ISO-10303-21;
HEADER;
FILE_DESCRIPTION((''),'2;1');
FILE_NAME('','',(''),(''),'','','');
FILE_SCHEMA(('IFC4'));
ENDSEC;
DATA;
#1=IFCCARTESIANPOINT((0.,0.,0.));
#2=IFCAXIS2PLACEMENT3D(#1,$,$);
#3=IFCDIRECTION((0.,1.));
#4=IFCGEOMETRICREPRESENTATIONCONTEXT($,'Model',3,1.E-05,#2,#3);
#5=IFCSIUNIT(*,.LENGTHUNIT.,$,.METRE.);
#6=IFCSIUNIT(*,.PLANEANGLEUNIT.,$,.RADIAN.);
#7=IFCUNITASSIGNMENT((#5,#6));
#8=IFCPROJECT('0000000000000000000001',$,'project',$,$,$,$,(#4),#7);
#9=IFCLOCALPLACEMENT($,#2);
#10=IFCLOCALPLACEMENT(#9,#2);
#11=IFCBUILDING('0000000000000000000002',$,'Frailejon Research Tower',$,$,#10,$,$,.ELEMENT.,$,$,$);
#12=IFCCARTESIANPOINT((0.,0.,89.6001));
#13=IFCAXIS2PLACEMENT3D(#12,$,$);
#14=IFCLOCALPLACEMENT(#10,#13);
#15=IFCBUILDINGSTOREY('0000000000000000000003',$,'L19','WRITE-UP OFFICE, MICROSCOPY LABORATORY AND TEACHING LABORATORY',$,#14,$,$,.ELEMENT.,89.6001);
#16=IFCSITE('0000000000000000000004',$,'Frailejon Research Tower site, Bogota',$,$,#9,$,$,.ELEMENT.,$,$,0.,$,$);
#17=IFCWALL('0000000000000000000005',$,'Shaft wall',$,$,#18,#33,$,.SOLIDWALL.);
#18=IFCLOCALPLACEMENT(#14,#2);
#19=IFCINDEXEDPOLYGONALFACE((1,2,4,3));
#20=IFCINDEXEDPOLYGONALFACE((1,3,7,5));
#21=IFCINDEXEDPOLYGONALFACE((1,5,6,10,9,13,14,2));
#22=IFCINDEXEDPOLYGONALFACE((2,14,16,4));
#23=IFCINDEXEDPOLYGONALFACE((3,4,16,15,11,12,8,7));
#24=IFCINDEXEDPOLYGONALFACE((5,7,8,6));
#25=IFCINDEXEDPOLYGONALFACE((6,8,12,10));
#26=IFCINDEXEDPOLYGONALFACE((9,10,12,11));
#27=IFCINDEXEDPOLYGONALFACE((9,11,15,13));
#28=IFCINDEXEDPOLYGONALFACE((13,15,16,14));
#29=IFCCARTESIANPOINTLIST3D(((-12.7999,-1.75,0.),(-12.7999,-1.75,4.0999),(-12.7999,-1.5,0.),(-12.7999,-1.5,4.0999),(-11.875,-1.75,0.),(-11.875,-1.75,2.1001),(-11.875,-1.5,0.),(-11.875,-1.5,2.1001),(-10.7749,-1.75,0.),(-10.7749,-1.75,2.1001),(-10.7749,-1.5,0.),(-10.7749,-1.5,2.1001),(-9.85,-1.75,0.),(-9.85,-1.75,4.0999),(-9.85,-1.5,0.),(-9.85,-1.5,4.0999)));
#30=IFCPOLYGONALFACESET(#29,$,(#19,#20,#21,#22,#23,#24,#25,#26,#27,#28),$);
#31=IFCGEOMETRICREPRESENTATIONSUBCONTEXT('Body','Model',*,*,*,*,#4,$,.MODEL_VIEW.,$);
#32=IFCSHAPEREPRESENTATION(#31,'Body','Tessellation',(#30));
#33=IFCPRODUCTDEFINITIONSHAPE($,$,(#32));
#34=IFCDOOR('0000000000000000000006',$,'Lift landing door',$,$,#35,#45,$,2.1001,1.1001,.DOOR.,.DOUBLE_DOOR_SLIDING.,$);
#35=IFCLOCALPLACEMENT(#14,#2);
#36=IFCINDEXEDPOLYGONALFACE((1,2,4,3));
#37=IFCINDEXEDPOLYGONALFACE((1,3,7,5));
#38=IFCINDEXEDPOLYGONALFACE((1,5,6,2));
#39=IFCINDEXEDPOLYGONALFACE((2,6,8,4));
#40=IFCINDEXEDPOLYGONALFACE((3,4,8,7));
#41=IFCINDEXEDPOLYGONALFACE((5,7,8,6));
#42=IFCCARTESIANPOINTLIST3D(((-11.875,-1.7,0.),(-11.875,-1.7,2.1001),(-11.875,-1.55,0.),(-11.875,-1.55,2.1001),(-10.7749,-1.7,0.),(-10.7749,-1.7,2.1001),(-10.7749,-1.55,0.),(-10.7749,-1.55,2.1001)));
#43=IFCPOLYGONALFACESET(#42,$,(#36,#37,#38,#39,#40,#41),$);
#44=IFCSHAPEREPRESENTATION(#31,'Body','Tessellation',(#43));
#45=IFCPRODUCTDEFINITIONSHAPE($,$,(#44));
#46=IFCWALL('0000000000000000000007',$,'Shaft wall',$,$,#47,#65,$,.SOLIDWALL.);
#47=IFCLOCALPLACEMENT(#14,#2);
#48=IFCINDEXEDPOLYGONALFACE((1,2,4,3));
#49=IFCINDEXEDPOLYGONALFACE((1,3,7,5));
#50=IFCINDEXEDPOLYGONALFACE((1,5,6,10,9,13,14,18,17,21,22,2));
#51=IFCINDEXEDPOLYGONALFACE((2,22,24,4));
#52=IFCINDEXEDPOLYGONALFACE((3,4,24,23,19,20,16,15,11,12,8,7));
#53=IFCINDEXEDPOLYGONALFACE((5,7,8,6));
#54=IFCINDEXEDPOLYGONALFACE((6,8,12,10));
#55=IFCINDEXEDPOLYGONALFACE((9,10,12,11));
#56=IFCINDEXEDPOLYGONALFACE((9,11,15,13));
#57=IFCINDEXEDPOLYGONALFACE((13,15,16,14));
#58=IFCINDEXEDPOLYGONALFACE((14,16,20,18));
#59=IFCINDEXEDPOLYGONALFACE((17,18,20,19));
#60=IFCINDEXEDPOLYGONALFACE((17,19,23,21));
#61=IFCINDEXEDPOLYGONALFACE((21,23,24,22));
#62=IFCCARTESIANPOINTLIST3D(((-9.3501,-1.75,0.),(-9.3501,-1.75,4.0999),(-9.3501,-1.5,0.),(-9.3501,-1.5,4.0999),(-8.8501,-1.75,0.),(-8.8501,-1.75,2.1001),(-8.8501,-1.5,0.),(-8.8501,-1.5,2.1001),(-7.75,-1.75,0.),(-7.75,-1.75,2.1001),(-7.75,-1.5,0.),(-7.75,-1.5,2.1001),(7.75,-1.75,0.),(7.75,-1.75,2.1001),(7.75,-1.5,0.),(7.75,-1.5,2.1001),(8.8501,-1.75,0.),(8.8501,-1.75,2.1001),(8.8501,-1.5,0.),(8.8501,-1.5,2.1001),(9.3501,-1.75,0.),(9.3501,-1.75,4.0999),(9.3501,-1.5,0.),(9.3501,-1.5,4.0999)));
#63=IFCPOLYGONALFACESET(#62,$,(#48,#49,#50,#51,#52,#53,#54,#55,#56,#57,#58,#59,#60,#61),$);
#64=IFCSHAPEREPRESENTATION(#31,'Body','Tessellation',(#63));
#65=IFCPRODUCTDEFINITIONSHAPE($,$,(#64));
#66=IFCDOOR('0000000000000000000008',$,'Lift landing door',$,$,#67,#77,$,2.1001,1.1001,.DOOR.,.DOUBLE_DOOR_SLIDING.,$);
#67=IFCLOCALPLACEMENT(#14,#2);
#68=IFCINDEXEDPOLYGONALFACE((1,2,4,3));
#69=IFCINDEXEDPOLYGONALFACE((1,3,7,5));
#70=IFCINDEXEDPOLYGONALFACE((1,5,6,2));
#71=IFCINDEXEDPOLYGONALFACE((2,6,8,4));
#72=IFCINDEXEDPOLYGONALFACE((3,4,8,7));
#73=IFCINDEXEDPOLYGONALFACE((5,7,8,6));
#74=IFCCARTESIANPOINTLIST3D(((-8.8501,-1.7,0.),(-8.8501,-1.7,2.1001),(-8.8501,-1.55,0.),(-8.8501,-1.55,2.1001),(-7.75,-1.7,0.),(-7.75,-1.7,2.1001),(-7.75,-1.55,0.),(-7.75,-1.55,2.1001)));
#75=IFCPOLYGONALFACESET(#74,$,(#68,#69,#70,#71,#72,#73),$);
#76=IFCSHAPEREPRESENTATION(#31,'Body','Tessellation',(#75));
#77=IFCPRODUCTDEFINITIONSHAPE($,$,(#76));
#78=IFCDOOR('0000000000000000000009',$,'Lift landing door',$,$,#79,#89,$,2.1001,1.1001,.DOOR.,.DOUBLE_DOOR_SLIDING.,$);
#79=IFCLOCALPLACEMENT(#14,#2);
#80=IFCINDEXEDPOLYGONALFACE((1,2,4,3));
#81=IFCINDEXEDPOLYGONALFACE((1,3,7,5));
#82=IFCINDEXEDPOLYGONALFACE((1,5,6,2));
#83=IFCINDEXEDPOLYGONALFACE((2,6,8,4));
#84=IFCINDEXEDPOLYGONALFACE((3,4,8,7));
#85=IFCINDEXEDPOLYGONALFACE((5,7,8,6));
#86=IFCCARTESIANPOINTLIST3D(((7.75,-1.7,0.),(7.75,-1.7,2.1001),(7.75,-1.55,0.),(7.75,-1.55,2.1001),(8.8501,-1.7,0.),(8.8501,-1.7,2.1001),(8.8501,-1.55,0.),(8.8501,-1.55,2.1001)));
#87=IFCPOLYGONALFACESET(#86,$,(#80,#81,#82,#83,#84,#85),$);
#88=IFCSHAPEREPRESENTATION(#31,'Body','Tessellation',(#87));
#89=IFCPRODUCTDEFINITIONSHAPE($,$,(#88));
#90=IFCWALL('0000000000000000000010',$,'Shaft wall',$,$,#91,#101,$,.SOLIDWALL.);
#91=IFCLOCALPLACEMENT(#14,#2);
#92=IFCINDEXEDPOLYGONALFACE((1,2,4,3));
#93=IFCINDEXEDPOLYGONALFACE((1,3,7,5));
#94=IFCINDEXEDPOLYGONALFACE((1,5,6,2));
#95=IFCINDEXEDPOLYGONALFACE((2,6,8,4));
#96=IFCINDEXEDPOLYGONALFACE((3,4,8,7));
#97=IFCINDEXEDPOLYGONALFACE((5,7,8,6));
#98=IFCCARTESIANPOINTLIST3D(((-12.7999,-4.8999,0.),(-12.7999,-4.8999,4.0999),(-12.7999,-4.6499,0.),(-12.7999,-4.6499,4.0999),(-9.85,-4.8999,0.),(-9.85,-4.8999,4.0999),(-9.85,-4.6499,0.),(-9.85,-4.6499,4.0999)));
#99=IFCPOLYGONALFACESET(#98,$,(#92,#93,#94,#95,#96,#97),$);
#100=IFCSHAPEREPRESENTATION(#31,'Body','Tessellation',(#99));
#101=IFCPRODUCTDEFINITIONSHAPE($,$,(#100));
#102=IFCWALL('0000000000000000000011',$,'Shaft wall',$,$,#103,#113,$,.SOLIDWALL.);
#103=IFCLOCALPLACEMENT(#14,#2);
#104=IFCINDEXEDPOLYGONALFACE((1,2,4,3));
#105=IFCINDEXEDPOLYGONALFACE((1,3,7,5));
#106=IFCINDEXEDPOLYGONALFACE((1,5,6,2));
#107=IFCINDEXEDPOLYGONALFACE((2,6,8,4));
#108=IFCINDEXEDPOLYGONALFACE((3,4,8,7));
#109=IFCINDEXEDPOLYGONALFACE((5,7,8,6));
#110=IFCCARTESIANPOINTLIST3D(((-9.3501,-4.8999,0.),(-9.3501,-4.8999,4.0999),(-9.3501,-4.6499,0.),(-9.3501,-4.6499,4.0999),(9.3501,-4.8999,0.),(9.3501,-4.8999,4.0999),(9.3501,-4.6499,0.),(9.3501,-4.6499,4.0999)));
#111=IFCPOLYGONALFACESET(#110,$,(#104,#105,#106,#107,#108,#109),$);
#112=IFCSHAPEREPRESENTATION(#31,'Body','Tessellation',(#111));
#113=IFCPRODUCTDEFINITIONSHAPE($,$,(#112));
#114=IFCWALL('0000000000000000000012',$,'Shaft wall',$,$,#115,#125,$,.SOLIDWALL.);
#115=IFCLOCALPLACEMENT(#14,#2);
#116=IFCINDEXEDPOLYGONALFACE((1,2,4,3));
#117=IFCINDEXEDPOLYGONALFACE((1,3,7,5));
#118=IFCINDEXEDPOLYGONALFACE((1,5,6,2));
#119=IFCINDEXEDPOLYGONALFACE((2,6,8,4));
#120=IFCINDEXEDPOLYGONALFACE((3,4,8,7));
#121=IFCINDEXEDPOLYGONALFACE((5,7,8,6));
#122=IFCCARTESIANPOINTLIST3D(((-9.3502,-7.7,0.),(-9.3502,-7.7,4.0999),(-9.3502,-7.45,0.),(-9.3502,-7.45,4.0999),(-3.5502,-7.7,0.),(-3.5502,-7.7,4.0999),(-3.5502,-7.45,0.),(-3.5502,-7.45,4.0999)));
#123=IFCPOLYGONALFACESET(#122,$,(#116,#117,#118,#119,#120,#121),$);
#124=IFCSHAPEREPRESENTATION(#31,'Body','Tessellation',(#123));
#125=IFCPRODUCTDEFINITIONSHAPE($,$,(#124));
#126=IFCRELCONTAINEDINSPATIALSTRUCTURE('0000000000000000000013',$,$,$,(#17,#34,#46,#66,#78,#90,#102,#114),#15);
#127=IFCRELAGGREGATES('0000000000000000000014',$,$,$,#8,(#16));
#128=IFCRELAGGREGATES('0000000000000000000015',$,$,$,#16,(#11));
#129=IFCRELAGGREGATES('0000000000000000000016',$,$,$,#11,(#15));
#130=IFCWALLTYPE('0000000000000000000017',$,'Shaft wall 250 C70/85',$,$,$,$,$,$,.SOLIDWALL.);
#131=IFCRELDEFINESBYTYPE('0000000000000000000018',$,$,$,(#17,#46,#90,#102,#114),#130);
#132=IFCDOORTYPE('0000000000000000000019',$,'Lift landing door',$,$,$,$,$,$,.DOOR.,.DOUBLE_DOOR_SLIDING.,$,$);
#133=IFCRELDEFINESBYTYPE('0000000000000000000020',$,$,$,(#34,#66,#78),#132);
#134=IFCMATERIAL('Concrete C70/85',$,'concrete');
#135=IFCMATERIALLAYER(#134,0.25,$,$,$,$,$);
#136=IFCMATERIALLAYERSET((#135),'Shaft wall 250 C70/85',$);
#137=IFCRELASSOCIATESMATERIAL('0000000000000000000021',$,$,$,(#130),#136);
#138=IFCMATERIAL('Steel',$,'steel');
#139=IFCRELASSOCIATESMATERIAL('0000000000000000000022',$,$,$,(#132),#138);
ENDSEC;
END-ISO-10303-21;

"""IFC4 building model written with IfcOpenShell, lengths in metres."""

from ifc_helpers import new_model, si_unit, direction, frame, frame_2d, origin, place, context, subcontext, project, spatial, rectangle, extrude, material, layer, layer_set, type_object, element, fill, save


model = new_model("IFC4")

# Units and contexts
model_context = context("Model", 3, precision=1e-05, world=origin(), true_north=direction((0.0, 1.0)))
body_context = subcontext(model_context, "Body", "Model", "MODEL_VIEW")
ifc_project = project(units=[si_unit("LENGTHUNIT", "METRE"), si_unit("PLANEANGLEUNIT", "RADIAN")], contexts=[model_context])

# Site, building, storey
site_placement = place(None, origin())
site = spatial("IfcSite", under=ifc_project, at=site_placement, Name="Frailejon Research Tower site, Bogota", CompositionType="ELEMENT", RefElevation=0.0)
building_placement = place(site_placement, origin())
building = spatial("IfcBuilding", under=site, at=building_placement, Name="Frailejon Research Tower", CompositionType="ELEMENT")
storey_placement = place(building_placement, frame((0.0, 0.0, 89.6001)))
storey = spatial("IfcBuildingStorey", under=building, at=storey_placement, Name="L19", Description="WRITE-UP OFFICE, MICROSCOPY LABORATORY AND TEACHING LABORATORY", CompositionType="ELEMENT", Elevation=89.6001)

# Wall, opening, door
ifc_material_1 = material(Name="Concrete C70/85", Category="concrete")
ifc_layer = layer(ifc_material_1, 0.25)
ifc_layer_set = layer_set([ifc_layer], Name="Shaft wall 250 C70/85")
wall_type = type_object("IfcWallType", Name="Shaft wall 250 C70/85", PredefinedType="SOLIDWALL", material=ifc_layer_set)
wall_1_placement = place(storey_placement, frame((-12.8, -1.625, 0.0), z_axis=(0.0, 0.0, 1.0), x_axis=(1.0, 0.0, 0.0)))
wall_1 = element("IfcWall", 1, at=wall_1_placement, inside=storey, type_object=wall_type, Name="Shaft wall", PredefinedType="SOLIDWALL", context=body_context, shape_type="SweptSolid", body=[
    extrude(rectangle(XDim=2.95, YDim=0.25, at=frame_2d((1.4751, 0.0))), origin(), (0.0, 0.0, 1.0), 4.0999),
])
opening_1_placement = place(wall_1_placement, frame((0.925, 0.0, 0.0)))
opening_1 = element("IfcOpeningElement", 2, at=opening_1_placement, cuts=wall_1, PredefinedType="OPENING", context=body_context, shape_type="SweptSolid", body=[
    extrude(rectangle(XDim=1.1001, YDim=2.1001, at=frame_2d((0.55, 1.05))), frame((0.0, 0.135, 0.0), z_axis=(0.0, -1.0, 0.0), x_axis=(1.0, 0.0, 0.0)), (0.0, 0.0, 1.0), 0.27),
])
ifc_material_2 = material(Name="Steel", Category="steel")
door_type = type_object("IfcDoorType", Name="Lift landing door", OperationType="DOUBLE_DOOR_SLIDING", PredefinedType="DOOR", material=ifc_material_2)
door_1_placement = place(opening_1_placement, origin())
door_1 = element("IfcDoor", 3, at=door_1_placement, inside=storey, type_object=door_type, Name="Lift landing door", OperationType="DOUBLE_DOOR_SLIDING", OverallHeight=2.1001, OverallWidth=1.1001, PredefinedType="DOOR", context=body_context, shape_type="SweptSolid", body=[
    extrude(rectangle(XDim=1.1001, YDim=2.1001, at=frame_2d((0.55, 1.05))), frame((0.0, 0.075, 0.0), z_axis=(0.0, -1.0, 0.0), x_axis=(1.0, 0.0, 0.0)), (0.0, 0.0, 1.0), 0.1499),
])
fill(opening_1, door_1)

# Wall, openings, doors
wall_2_placement = place(storey_placement, frame((-9.3501, -1.625, 0.0), z_axis=(0.0, 0.0, 1.0), x_axis=(1.0, 0.0, 0.0)))
wall_2 = element("IfcWall", 4, at=wall_2_placement, inside=storey, type_object=wall_type, Name="Shaft wall", PredefinedType="SOLIDWALL", context=body_context, shape_type="SweptSolid", body=[
    extrude(rectangle(XDim=18.7002, YDim=0.25, at=frame_2d((9.3501, 0.0))), origin(), (0.0, 0.0, 1.0), 4.0999),
])
opening_2_placement = place(wall_2_placement, frame((0.5, 0.0, 0.0)))
opening_2 = element("IfcOpeningElement", 5, at=opening_2_placement, cuts=wall_2, PredefinedType="OPENING", context=body_context, shape_type="SweptSolid", body=[
    extrude(rectangle(XDim=1.1001, YDim=2.1001, at=frame_2d((0.55, 1.05))), frame((0.0, 0.135, 0.0), z_axis=(0.0, -1.0, 0.0), x_axis=(1.0, 0.0, 0.0)), (0.0, 0.0, 1.0), 0.27),
])
opening_3_placement = place(wall_2_placement, frame((17.1001, 0.0, 0.0)))
opening_3 = element("IfcOpeningElement", 6, at=opening_3_placement, cuts=wall_2, PredefinedType="OPENING", context=body_context, shape_type="SweptSolid", body=[
    extrude(rectangle(XDim=1.1001, YDim=2.1001, at=frame_2d((0.55, 1.05))), frame((0.0, 0.135, 0.0), z_axis=(0.0, -1.0, 0.0), x_axis=(1.0, 0.0, 0.0)), (0.0, 0.0, 1.0), 0.27),
])
door_2_placement = place(opening_2_placement, origin())
door_2 = element("IfcDoor", 7, at=door_2_placement, inside=storey, type_object=door_type, Name="Lift landing door", OperationType="DOUBLE_DOOR_SLIDING", OverallHeight=2.1001, OverallWidth=1.1001, PredefinedType="DOOR", context=body_context, shape_type="SweptSolid", body=[
    extrude(rectangle(XDim=1.1001, YDim=2.1001, at=frame_2d((0.55, 1.05))), frame((0.0, 0.075, 0.0), z_axis=(0.0, -1.0, 0.0), x_axis=(1.0, 0.0, 0.0)), (0.0, 0.0, 1.0), 0.1499),
])
fill(opening_2, door_2)
door_3_placement = place(opening_3_placement, origin())
door_3 = element("IfcDoor", 8, at=door_3_placement, inside=storey, type_object=door_type, Name="Lift landing door", OperationType="DOUBLE_DOOR_SLIDING", OverallHeight=2.1001, OverallWidth=1.1001, PredefinedType="DOOR", context=body_context, shape_type="SweptSolid", body=[
    extrude(rectangle(XDim=1.1001, YDim=2.1001, at=frame_2d((0.55, 1.05))), frame((0.0, 0.075, 0.0), z_axis=(0.0, -1.0, 0.0), x_axis=(1.0, 0.0, 0.0)), (0.0, 0.0, 1.0), 0.1499),
])
fill(opening_3, door_3)

# Walls
wall_3_placement = place(storey_placement, frame((-12.8, -4.7749, 0.0), z_axis=(0.0, 0.0, 1.0), x_axis=(1.0, 0.0, 0.0)))
element("IfcWall", 9, at=wall_3_placement, inside=storey, type_object=wall_type, Name="Shaft wall", PredefinedType="SOLIDWALL", context=body_context, shape_type="SweptSolid", body=[
    extrude(rectangle(XDim=2.95, YDim=0.25, at=frame_2d((1.4751, 0.0))), origin(), (0.0, 0.0, 1.0), 4.0999),
])
wall_4_placement = place(storey_placement, frame((-9.3501, -4.7749, 0.0), z_axis=(0.0, 0.0, 1.0), x_axis=(1.0, 0.0, 0.0)))
element("IfcWall", 10, at=wall_4_placement, inside=storey, type_object=wall_type, Name="Shaft wall", PredefinedType="SOLIDWALL", context=body_context, shape_type="SweptSolid", body=[
    extrude(rectangle(XDim=18.7002, YDim=0.25, at=frame_2d((9.3501, 0.0))), origin(), (0.0, 0.0, 1.0), 4.0999),
])
wall_5_placement = place(storey_placement, frame((-9.3501, -7.575, 0.0), z_axis=(0.0, 0.0, 1.0), x_axis=(1.0, 0.0, 0.0)))
element("IfcWall", 11, at=wall_5_placement, inside=storey, type_object=wall_type, Name="Shaft wall", PredefinedType="SOLIDWALL", context=body_context, shape_type="SweptSolid", body=[
    extrude(rectangle(XDim=5.8, YDim=0.25, at=frame_2d((2.8999, 0.0))), origin(), (0.0, 0.0, 1.0), 4.0999),
])

save(model, "model.ifc")
